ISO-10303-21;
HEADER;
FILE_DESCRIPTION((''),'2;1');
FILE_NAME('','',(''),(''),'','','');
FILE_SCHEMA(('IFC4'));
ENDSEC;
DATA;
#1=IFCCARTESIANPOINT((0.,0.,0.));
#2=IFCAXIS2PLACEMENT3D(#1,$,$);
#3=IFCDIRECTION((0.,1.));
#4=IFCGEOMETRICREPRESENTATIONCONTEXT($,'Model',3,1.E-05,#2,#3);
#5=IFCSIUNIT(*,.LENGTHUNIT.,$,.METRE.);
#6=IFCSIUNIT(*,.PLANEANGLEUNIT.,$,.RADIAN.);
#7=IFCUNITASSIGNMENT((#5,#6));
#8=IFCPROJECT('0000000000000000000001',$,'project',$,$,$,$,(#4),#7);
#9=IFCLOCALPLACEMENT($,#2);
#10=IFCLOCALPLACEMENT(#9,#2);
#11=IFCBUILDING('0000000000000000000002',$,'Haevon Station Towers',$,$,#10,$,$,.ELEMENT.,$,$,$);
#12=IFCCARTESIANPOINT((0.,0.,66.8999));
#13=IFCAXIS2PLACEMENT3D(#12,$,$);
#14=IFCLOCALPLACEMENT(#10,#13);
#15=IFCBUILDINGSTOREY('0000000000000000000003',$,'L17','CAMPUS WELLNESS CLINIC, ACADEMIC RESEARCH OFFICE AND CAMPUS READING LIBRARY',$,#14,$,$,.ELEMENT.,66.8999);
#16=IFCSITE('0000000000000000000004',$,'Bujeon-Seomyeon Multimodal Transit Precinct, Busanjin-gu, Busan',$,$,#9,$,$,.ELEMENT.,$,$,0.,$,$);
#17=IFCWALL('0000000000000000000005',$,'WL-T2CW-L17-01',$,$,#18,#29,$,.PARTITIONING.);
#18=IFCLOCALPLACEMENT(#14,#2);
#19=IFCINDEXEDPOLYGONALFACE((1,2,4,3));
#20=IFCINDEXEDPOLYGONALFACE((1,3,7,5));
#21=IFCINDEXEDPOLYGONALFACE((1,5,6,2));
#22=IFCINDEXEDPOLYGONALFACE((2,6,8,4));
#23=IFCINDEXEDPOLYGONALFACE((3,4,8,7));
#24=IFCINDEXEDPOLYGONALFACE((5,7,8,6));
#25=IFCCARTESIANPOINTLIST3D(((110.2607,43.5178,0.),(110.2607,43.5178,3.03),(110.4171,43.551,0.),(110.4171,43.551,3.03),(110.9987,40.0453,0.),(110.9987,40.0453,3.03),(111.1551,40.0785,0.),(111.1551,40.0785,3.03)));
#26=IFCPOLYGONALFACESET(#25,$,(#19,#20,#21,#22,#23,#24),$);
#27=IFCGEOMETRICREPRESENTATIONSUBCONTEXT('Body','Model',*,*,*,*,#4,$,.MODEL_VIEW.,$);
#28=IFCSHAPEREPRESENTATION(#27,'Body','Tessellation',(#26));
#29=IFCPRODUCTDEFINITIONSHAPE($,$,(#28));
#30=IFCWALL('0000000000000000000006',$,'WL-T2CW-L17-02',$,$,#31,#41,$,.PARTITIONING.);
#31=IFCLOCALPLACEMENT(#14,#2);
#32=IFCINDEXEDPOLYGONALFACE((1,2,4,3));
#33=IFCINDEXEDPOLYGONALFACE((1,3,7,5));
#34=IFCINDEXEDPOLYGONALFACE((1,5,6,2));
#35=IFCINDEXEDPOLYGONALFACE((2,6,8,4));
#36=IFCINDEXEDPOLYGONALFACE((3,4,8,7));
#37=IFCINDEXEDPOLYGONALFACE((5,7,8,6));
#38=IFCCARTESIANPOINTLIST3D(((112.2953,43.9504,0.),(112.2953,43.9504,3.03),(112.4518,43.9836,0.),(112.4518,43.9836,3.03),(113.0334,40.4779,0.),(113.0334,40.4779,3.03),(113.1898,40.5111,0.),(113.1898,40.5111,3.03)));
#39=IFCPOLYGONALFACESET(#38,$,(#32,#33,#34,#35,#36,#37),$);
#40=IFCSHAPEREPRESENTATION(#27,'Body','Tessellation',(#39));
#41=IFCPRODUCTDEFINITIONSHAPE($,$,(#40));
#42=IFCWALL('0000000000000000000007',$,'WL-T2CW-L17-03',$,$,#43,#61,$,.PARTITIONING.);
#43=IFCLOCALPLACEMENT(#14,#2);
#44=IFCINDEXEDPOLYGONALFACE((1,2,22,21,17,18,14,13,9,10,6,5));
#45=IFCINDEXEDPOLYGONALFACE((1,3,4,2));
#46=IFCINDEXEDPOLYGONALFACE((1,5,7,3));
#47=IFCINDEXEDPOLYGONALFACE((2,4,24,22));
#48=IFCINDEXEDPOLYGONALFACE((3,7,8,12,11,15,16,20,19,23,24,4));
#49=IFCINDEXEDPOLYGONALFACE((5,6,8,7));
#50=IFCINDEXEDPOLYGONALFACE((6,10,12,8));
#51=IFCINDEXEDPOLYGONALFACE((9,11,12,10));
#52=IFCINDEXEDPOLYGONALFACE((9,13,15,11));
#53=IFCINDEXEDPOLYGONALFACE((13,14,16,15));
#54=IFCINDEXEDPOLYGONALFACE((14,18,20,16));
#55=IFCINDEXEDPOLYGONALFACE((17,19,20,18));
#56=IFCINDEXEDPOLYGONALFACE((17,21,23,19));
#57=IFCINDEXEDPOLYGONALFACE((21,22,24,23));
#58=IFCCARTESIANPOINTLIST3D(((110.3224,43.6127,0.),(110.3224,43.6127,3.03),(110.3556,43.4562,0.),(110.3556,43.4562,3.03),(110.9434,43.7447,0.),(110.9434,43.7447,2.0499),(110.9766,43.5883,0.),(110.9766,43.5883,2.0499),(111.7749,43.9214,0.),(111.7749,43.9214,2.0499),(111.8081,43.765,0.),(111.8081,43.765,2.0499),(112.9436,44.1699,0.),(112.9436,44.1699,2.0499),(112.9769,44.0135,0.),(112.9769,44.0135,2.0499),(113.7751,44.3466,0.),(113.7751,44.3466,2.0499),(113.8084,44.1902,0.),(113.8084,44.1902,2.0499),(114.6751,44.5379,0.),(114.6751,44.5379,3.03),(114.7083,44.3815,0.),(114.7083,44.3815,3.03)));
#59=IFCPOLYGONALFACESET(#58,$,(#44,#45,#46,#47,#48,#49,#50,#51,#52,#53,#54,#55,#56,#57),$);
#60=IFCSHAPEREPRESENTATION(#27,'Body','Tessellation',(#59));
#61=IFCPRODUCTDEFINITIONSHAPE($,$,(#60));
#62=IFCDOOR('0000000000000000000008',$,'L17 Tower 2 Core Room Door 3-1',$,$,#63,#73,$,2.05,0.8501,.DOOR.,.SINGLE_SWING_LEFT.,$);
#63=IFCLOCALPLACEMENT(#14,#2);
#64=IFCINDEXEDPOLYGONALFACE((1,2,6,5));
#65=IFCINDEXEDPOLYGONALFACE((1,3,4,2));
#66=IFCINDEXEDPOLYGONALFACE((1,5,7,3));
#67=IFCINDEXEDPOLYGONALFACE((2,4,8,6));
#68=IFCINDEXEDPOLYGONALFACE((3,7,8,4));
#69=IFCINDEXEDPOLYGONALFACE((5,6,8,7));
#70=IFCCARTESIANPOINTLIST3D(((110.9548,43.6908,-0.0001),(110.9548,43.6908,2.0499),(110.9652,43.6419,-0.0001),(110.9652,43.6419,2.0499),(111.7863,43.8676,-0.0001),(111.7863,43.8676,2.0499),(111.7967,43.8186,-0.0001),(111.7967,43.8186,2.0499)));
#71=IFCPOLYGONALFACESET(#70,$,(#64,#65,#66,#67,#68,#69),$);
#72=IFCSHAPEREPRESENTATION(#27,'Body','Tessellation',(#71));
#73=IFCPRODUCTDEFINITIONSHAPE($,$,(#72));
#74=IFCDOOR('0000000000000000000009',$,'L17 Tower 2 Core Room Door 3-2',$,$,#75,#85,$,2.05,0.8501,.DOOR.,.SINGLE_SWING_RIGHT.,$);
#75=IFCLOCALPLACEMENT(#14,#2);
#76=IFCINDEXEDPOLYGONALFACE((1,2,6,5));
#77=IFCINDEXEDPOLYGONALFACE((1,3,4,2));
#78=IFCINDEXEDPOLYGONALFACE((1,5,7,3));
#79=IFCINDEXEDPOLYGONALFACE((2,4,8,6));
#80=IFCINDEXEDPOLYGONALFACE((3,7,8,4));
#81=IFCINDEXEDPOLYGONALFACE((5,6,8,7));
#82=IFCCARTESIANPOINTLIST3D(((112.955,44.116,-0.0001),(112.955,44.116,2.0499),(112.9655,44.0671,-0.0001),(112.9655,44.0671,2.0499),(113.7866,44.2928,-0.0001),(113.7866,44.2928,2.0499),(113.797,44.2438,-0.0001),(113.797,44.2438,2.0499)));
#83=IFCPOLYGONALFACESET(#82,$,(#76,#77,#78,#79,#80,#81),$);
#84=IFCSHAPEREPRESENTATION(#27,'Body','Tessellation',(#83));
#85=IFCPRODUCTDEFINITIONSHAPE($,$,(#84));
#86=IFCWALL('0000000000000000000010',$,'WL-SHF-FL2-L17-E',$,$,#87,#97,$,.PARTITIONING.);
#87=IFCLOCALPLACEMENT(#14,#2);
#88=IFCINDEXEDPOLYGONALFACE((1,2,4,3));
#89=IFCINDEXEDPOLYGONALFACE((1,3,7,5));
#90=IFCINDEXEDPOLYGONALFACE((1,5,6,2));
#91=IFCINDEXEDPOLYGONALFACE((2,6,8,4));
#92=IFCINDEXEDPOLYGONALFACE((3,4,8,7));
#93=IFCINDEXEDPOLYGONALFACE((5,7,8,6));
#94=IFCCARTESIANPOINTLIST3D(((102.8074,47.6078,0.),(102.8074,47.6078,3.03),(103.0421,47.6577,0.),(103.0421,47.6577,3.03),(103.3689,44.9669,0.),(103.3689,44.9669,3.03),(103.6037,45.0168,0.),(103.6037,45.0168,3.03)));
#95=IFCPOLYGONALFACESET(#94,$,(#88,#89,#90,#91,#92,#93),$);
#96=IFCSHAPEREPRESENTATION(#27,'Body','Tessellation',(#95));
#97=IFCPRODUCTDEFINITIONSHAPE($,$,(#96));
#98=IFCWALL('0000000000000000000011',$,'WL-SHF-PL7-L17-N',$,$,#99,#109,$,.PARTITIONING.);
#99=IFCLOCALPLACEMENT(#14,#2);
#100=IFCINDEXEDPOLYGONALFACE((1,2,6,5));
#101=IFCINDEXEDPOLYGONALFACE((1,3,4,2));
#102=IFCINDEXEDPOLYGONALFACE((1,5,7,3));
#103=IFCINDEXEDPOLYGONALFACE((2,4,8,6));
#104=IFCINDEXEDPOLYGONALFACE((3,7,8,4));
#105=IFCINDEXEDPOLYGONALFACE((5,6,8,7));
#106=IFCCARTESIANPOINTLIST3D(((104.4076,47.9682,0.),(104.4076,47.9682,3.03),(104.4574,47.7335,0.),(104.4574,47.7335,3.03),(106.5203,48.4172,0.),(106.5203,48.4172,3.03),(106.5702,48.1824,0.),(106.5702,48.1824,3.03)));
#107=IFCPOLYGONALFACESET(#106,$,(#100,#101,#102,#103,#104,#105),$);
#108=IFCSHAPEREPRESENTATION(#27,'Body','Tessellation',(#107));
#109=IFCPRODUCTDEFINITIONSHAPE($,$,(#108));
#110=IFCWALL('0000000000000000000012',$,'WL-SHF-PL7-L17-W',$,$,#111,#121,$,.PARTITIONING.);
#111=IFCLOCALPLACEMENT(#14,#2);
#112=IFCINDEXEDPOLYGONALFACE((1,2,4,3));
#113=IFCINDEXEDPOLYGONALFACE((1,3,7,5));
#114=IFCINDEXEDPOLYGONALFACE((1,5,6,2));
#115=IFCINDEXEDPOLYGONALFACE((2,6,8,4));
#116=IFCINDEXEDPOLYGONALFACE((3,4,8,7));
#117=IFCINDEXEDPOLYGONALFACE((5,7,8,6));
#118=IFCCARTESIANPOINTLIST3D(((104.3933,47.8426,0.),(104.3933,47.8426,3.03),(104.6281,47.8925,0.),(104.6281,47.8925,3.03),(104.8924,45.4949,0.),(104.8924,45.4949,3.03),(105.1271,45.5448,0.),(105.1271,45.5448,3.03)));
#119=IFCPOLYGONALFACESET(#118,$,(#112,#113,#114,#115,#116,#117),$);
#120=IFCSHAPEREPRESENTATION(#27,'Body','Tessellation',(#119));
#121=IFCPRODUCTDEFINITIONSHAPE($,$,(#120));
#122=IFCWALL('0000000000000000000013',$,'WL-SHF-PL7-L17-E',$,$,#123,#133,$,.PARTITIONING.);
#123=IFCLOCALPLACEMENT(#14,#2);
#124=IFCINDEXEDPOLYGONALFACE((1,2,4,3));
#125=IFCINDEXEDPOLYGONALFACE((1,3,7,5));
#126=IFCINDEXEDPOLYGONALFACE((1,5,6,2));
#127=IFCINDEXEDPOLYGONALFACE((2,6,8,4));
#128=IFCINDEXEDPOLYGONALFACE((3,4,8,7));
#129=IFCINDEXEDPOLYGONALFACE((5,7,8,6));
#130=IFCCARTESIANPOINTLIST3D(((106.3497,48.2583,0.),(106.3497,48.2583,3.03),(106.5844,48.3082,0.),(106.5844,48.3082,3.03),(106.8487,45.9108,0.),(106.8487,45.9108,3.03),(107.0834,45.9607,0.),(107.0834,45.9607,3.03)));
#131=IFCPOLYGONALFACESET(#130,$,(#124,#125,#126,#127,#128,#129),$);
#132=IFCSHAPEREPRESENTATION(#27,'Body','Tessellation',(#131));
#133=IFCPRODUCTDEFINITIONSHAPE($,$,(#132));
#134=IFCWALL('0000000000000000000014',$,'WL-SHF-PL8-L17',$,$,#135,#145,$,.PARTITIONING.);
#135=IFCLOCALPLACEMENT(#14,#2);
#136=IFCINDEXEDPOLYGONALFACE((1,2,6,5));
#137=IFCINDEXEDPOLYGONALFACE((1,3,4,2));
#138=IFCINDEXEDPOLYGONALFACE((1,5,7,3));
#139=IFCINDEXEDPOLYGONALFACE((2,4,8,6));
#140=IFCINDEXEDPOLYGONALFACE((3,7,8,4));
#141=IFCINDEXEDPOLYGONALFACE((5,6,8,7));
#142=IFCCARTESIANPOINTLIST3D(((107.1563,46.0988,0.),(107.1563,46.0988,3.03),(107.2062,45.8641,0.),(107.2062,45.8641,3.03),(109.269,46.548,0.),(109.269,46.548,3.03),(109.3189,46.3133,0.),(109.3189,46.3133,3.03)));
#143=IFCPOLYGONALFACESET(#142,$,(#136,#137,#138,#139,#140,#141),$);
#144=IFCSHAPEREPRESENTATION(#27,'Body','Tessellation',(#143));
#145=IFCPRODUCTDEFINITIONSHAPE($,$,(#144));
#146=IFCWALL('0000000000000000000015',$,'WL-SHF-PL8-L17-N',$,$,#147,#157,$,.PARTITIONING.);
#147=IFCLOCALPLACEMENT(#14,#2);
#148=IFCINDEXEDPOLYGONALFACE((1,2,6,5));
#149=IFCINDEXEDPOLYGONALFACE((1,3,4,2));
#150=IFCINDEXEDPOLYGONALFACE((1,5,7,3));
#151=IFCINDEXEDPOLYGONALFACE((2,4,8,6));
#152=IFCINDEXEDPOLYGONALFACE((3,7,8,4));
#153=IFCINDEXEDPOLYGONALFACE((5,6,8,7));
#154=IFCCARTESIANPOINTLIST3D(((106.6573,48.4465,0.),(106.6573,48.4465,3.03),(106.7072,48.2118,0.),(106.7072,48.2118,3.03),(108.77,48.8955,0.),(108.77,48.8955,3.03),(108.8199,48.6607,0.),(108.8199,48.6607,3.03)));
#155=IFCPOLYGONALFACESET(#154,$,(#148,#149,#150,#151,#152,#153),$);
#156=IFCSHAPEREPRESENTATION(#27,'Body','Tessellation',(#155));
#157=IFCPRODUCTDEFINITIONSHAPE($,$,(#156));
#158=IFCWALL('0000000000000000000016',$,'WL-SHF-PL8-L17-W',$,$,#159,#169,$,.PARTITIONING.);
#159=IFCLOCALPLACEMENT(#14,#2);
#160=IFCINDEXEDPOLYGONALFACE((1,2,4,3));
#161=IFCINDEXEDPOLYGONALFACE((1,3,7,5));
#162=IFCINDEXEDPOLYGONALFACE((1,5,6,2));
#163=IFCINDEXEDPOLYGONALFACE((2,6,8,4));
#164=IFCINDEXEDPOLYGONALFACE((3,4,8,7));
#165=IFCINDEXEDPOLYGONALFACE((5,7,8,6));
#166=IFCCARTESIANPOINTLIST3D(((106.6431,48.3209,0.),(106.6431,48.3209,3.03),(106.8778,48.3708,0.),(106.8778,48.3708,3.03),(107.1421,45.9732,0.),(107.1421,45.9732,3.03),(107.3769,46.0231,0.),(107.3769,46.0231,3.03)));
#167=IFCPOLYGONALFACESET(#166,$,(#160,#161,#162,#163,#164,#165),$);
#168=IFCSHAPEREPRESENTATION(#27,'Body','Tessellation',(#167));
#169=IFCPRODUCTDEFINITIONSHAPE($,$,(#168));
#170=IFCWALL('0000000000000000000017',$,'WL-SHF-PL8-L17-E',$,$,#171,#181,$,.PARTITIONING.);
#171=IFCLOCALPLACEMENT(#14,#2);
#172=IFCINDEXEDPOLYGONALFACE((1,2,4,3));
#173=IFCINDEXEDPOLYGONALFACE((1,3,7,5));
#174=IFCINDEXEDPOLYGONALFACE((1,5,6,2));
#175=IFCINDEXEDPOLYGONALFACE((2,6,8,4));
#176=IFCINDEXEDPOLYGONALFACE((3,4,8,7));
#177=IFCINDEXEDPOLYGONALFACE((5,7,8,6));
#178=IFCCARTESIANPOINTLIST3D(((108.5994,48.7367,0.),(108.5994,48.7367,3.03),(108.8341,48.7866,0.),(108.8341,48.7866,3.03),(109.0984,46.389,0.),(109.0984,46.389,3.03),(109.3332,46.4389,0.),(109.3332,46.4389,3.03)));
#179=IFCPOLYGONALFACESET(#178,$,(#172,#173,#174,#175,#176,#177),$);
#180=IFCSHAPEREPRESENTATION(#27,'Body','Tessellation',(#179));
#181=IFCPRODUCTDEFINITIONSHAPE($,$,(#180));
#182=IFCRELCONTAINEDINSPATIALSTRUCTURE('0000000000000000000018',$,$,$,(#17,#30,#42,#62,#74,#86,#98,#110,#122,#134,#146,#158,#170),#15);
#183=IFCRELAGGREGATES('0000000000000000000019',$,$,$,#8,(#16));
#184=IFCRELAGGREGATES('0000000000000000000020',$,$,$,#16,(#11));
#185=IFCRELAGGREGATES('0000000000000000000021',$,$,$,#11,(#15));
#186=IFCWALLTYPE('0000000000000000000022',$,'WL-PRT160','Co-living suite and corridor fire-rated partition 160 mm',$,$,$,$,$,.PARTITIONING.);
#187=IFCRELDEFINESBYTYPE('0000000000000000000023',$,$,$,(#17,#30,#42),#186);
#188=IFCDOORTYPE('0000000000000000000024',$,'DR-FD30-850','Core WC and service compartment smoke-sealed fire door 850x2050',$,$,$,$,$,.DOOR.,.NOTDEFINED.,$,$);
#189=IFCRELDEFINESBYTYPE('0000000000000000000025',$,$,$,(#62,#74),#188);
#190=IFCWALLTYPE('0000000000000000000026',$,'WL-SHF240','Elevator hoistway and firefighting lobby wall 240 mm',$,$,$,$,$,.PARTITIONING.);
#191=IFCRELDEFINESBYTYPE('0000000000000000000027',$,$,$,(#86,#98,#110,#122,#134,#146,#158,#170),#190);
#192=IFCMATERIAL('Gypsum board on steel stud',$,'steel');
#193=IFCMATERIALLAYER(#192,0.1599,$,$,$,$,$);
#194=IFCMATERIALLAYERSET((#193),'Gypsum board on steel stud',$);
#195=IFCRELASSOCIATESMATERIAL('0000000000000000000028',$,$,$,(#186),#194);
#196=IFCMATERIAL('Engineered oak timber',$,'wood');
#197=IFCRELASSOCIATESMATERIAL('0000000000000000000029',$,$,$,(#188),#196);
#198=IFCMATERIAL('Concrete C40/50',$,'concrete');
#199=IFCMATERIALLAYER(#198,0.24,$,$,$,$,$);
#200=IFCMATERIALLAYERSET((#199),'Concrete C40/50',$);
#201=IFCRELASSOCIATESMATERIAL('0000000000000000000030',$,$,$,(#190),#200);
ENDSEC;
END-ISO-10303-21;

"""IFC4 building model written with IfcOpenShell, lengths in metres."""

from ifc_helpers import new_model, si_unit, direction, frame, frame_2d, origin, place, context, subcontext, project, spatial, rectangle, extrude, material, layer, layer_set, type_object, element, fill, save


model = new_model("IFC4")

# Units and contexts
model_context = context("Model", 3, precision=1e-05, world=origin(), true_north=direction((0.0, 1.0)))
body_context = subcontext(model_context, "Body", "Model", "MODEL_VIEW")
ifc_project = project(units=[si_unit("LENGTHUNIT", "METRE"), si_unit("PLANEANGLEUNIT", "RADIAN")], contexts=[model_context])

# Site, building, storey
site_placement = place(None, origin())
site = spatial("IfcSite", under=ifc_project, at=site_placement, Name="Bujeon-Seomyeon Multimodal Transit Precinct, Busanjin-gu, Busan", CompositionType="ELEMENT", RefElevation=0.0)
building_placement = place(site_placement, origin())
building = spatial("IfcBuilding", under=site, at=building_placement, Name="Haevon Station Towers", CompositionType="ELEMENT")
storey_placement = place(building_placement, frame((0.0, 0.0, 66.8999)))
storey = spatial("IfcBuildingStorey", under=building, at=storey_placement, Name="L17", Description="CAMPUS WELLNESS CLINIC, ACADEMIC RESEARCH OFFICE AND CAMPUS READING LIBRARY", CompositionType="ELEMENT", Elevation=66.8999)

# Shared definitions
ifc_material_1 = material(Name="Gypsum board on steel stud", Category="steel")
ifc_material_2 = material(Name="Engineered oak timber", Category="wood")

# Walls
ifc_layer_1 = layer(ifc_material_1, 0.1599)
ifc_layer_set_1 = layer_set([ifc_layer_1], Name="Gypsum board on steel stud")
wall_type_1 = type_object("IfcWallType", Name="WL-PRT160", Description="Co-living suite and corridor fire-rated partition 160 mm", PredefinedType="PARTITIONING", material=ifc_layer_set_1)
for number, where, z_axis, x_axis, name in (
    (1, (111.0769, 40.062, 0.0), (0.0, 0.0, 1.0), (-0.207899, 0.97815, 0.0), "WL-T2CW-L17-01"),
    (2, (113.1116, 40.4946, 0.0), (0.0, 0.0, 1.0), (-0.207899, 0.97815, 0.0), "WL-T2CW-L17-02"),
):
    element("IfcWall", number, at=place(storey_placement, frame(where, z_axis=z_axis, x_axis=x_axis)), inside=storey, type_object=wall_type_1, Name=name, PredefinedType="PARTITIONING", context=body_context, shape_type="SweptSolid", body=[
        extrude(rectangle(XDim=3.55, YDim=0.1599, at=frame_2d((1.7749, 0.0))), origin(), (0.0, 0.0, 1.0), 3.03),
    ])

# Wall, openings, doors
wall_1_placement = place(storey_placement, frame((110.3389, 43.5344, 0.0), z_axis=(0.0, 0.0, 1.0), x_axis=(0.978144, 0.207929, 0.0)))
wall_1 = element("IfcWall", 3, at=wall_1_placement, inside=storey, type_object=wall_type_1, Name="WL-T2CW-L17-03", PredefinedType="PARTITIONING", context=body_context, shape_type="SweptSolid", body=[
    extrude(rectangle(XDim=4.45, YDim=0.1599, at=frame_2d((2.2251, 0.0))), origin(), (0.0, 0.0, 1.0), 3.03),
])
opening_1_placement = place(wall_1_placement, frame((0.635, 0.0, 0.0)))
opening_1 = element("IfcOpeningElement", 4, at=opening_1_placement, cuts=wall_1, PredefinedType="OPENING", context=body_context, shape_type="SweptSolid", body=[
    extrude(rectangle(XDim=0.8501, YDim=2.05, at=frame_2d((0.425, 1.0249))), frame((0.0, 0.0898, 0.0), z_axis=(0.0, -1.0, 0.0), x_axis=(1.0, 0.0, 0.0)), (0.0, 0.0, 1.0), 0.1799),
])
opening_2_placement = place(wall_1_placement, frame((2.6799, 0.0, 0.0)))
opening_2 = element("IfcOpeningElement", 5, at=opening_2_placement, cuts=wall_1, PredefinedType="OPENING", context=body_context, shape_type="SweptSolid", body=[
    extrude(rectangle(XDim=0.8501, YDim=2.05, at=frame_2d((0.425, 1.0249))), frame((0.0, 0.0898, 0.0), z_axis=(0.0, -1.0, 0.0), x_axis=(1.0, 0.0, 0.0)), (0.0, 0.0, 1.0), 0.1799),
])
door_type_1 = type_object("IfcDoorType", Name="DR-FD30-850", Description="Core WC and service compartment smoke-sealed fire door 850x2050", OperationType="NOTDEFINED", PredefinedType="DOOR", material=ifc_material_2)
door_1_placement = place(opening_1_placement, origin())
door_1 = element("IfcDoor", 6, at=door_1_placement, inside=storey, type_object=door_type_1, Name="L17 Tower 2 Core Room Door 3-1", OperationType="SINGLE_SWING_LEFT", OverallHeight=2.05, OverallWidth=0.8501, PredefinedType="DOOR", context=body_context, shape_type="SweptSolid", body=[
    extrude(rectangle(XDim=0.8501, YDim=2.05, at=frame_2d((0.425, 1.0249))), frame((0.0, 0.0249, 0.0), z_axis=(0.0, -1.0, 0.0), x_axis=(1.0, 0.0, 0.0)), (0.0, 0.0, 1.0), 0.05),
])
fill(opening_1, door_1)
door_2_placement = place(opening_2_placement, origin())
door_2 = element("IfcDoor", 7, at=door_2_placement, inside=storey, type_object=door_type_1, Name="L17 Tower 2 Core Room Door 3-2", OperationType="SINGLE_SWING_RIGHT", OverallHeight=2.05, OverallWidth=0.8501, PredefinedType="DOOR", context=body_context, shape_type="SweptSolid", body=[
    extrude(rectangle(XDim=0.8501, YDim=2.05, at=frame_2d((0.425, 1.0249))), frame((0.0, 0.0249, 0.0), z_axis=(0.0, -1.0, 0.0), x_axis=(1.0, 0.0, 0.0)), (0.0, 0.0, 1.0), 0.05),
])
fill(opening_2, door_2)

# Wall
ifc_material_3 = material(Name="Concrete C40/50", Category="concrete")
ifc_layer_2 = layer(ifc_material_3, 0.24)
ifc_layer_set_2 = layer_set([ifc_layer_2], Name="Concrete C40/50")
wall_type_2 = type_object("IfcWallType", Name="WL-SHF240", Description="Elevator hoistway and firefighting lobby wall 240 mm", PredefinedType="PARTITIONING", material=ifc_layer_set_2)
wall_2_placement = place(storey_placement, frame((103.4863, 44.9917, 0.0), z_axis=(0.0, 0.0, 1.0), x_axis=(-0.207979, 0.978133, 0.0)))
element("IfcWall", 8, at=wall_2_placement, inside=storey, type_object=wall_type_2, Name="WL-SHF-FL2-L17-E", PredefinedType="PARTITIONING", context=body_context, shape_type="SweptSolid", body=[
    extrude(rectangle(XDim=2.7, YDim=0.24, at=frame_2d((1.3501, 0.0))), origin(), (0.0, 0.0, 1.0), 3.03),
])

# Walls
wall_3_placement = place(storey_placement, frame((104.4324, 47.8508, 0.0), z_axis=(0.0, 0.0, 1.0), x_axis=(0.978158, 0.207861, 0.0)))
element("IfcWall", 9, at=wall_3_placement, inside=storey, type_object=wall_type_2, Name="WL-SHF-PL7-L17-N", PredefinedType="PARTITIONING", context=body_context, shape_type="SweptSolid", body=[
    extrude(rectangle(XDim=2.1599, YDim=0.24, at=frame_2d((1.0801, 0.0))), origin(), (0.0, 0.0, 1.0), 3.03),
])
wall_4_placement = place(storey_placement, frame((105.0098, 45.5198, 0.0), z_axis=(0.0, 0.0, 1.0), x_axis=(-0.207917, 0.978146, 0.0)))
element("IfcWall", 10, at=wall_4_placement, inside=storey, type_object=wall_type_2, Name="WL-SHF-PL7-L17-W", PredefinedType="PARTITIONING", context=body_context, shape_type="SweptSolid", body=[
    extrude(rectangle(XDim=2.4001, YDim=0.24, at=frame_2d((1.2002, 0.0))), origin(), (0.0, 0.0, 1.0), 3.03),
])
wall_5_placement = place(storey_placement, frame((106.9661, 45.9358, 0.0), z_axis=(0.0, 0.0, 1.0), x_axis=(-0.207938, 0.978142, 0.0)))
element("IfcWall", 11, at=wall_5_placement, inside=storey, type_object=wall_type_2, Name="WL-SHF-PL7-L17-E", PredefinedType="PARTITIONING", context=body_context, shape_type="SweptSolid", body=[
    extrude(rectangle(XDim=2.3999, YDim=0.24, at=frame_2d((1.2, 0.0))), origin(), (0.0, 0.0, 1.0), 3.03),
])
for number, where, z_axis, x_axis, name in (
    (12, (107.1812, 45.9814, 0.0), (0.0, 0.0, 1.0), (0.978135, 0.20797, 0.0), "WL-SHF-PL8-L17"),
    (13, (106.6821, 48.3291, 0.0), (0.0, 0.0, 1.0), (0.978158, 0.207861, 0.0), "WL-SHF-PL8-L17-N"),
):
    element("IfcWall", number, at=place(storey_placement, frame(where, z_axis=z_axis, x_axis=x_axis)), inside=storey, type_object=wall_type_2, Name=name, PredefinedType="PARTITIONING", context=body_context, shape_type="SweptSolid", body=[
        extrude(rectangle(XDim=2.1599, YDim=0.24, at=frame_2d((1.0801, 0.0))), origin(), (0.0, 0.0, 1.0), 3.03),
    ])
for number, where, z_axis, x_axis, name in (
    (14, (107.2595, 45.998, 0.0), (0.0, 0.0, 1.0), (-0.207917, 0.978146, 0.0), "WL-SHF-PL8-L17-W"),
    (15, (109.2158, 46.4138, 0.0), (0.0, 0.0, 1.0), (-0.207917, 0.978146, 0.0), "WL-SHF-PL8-L17-E"),
):
    element("IfcWall", number, at=place(storey_placement, frame(where, z_axis=z_axis, x_axis=x_axis)), inside=storey, type_object=wall_type_2, Name=name, PredefinedType="PARTITIONING", context=body_context, shape_type="SweptSolid", body=[
        extrude(rectangle(XDim=2.4001, YDim=0.24, at=frame_2d((1.2002, 0.0))), origin(), (0.0, 0.0, 1.0), 3.03),
    ])

save(model, "model.ifc")
